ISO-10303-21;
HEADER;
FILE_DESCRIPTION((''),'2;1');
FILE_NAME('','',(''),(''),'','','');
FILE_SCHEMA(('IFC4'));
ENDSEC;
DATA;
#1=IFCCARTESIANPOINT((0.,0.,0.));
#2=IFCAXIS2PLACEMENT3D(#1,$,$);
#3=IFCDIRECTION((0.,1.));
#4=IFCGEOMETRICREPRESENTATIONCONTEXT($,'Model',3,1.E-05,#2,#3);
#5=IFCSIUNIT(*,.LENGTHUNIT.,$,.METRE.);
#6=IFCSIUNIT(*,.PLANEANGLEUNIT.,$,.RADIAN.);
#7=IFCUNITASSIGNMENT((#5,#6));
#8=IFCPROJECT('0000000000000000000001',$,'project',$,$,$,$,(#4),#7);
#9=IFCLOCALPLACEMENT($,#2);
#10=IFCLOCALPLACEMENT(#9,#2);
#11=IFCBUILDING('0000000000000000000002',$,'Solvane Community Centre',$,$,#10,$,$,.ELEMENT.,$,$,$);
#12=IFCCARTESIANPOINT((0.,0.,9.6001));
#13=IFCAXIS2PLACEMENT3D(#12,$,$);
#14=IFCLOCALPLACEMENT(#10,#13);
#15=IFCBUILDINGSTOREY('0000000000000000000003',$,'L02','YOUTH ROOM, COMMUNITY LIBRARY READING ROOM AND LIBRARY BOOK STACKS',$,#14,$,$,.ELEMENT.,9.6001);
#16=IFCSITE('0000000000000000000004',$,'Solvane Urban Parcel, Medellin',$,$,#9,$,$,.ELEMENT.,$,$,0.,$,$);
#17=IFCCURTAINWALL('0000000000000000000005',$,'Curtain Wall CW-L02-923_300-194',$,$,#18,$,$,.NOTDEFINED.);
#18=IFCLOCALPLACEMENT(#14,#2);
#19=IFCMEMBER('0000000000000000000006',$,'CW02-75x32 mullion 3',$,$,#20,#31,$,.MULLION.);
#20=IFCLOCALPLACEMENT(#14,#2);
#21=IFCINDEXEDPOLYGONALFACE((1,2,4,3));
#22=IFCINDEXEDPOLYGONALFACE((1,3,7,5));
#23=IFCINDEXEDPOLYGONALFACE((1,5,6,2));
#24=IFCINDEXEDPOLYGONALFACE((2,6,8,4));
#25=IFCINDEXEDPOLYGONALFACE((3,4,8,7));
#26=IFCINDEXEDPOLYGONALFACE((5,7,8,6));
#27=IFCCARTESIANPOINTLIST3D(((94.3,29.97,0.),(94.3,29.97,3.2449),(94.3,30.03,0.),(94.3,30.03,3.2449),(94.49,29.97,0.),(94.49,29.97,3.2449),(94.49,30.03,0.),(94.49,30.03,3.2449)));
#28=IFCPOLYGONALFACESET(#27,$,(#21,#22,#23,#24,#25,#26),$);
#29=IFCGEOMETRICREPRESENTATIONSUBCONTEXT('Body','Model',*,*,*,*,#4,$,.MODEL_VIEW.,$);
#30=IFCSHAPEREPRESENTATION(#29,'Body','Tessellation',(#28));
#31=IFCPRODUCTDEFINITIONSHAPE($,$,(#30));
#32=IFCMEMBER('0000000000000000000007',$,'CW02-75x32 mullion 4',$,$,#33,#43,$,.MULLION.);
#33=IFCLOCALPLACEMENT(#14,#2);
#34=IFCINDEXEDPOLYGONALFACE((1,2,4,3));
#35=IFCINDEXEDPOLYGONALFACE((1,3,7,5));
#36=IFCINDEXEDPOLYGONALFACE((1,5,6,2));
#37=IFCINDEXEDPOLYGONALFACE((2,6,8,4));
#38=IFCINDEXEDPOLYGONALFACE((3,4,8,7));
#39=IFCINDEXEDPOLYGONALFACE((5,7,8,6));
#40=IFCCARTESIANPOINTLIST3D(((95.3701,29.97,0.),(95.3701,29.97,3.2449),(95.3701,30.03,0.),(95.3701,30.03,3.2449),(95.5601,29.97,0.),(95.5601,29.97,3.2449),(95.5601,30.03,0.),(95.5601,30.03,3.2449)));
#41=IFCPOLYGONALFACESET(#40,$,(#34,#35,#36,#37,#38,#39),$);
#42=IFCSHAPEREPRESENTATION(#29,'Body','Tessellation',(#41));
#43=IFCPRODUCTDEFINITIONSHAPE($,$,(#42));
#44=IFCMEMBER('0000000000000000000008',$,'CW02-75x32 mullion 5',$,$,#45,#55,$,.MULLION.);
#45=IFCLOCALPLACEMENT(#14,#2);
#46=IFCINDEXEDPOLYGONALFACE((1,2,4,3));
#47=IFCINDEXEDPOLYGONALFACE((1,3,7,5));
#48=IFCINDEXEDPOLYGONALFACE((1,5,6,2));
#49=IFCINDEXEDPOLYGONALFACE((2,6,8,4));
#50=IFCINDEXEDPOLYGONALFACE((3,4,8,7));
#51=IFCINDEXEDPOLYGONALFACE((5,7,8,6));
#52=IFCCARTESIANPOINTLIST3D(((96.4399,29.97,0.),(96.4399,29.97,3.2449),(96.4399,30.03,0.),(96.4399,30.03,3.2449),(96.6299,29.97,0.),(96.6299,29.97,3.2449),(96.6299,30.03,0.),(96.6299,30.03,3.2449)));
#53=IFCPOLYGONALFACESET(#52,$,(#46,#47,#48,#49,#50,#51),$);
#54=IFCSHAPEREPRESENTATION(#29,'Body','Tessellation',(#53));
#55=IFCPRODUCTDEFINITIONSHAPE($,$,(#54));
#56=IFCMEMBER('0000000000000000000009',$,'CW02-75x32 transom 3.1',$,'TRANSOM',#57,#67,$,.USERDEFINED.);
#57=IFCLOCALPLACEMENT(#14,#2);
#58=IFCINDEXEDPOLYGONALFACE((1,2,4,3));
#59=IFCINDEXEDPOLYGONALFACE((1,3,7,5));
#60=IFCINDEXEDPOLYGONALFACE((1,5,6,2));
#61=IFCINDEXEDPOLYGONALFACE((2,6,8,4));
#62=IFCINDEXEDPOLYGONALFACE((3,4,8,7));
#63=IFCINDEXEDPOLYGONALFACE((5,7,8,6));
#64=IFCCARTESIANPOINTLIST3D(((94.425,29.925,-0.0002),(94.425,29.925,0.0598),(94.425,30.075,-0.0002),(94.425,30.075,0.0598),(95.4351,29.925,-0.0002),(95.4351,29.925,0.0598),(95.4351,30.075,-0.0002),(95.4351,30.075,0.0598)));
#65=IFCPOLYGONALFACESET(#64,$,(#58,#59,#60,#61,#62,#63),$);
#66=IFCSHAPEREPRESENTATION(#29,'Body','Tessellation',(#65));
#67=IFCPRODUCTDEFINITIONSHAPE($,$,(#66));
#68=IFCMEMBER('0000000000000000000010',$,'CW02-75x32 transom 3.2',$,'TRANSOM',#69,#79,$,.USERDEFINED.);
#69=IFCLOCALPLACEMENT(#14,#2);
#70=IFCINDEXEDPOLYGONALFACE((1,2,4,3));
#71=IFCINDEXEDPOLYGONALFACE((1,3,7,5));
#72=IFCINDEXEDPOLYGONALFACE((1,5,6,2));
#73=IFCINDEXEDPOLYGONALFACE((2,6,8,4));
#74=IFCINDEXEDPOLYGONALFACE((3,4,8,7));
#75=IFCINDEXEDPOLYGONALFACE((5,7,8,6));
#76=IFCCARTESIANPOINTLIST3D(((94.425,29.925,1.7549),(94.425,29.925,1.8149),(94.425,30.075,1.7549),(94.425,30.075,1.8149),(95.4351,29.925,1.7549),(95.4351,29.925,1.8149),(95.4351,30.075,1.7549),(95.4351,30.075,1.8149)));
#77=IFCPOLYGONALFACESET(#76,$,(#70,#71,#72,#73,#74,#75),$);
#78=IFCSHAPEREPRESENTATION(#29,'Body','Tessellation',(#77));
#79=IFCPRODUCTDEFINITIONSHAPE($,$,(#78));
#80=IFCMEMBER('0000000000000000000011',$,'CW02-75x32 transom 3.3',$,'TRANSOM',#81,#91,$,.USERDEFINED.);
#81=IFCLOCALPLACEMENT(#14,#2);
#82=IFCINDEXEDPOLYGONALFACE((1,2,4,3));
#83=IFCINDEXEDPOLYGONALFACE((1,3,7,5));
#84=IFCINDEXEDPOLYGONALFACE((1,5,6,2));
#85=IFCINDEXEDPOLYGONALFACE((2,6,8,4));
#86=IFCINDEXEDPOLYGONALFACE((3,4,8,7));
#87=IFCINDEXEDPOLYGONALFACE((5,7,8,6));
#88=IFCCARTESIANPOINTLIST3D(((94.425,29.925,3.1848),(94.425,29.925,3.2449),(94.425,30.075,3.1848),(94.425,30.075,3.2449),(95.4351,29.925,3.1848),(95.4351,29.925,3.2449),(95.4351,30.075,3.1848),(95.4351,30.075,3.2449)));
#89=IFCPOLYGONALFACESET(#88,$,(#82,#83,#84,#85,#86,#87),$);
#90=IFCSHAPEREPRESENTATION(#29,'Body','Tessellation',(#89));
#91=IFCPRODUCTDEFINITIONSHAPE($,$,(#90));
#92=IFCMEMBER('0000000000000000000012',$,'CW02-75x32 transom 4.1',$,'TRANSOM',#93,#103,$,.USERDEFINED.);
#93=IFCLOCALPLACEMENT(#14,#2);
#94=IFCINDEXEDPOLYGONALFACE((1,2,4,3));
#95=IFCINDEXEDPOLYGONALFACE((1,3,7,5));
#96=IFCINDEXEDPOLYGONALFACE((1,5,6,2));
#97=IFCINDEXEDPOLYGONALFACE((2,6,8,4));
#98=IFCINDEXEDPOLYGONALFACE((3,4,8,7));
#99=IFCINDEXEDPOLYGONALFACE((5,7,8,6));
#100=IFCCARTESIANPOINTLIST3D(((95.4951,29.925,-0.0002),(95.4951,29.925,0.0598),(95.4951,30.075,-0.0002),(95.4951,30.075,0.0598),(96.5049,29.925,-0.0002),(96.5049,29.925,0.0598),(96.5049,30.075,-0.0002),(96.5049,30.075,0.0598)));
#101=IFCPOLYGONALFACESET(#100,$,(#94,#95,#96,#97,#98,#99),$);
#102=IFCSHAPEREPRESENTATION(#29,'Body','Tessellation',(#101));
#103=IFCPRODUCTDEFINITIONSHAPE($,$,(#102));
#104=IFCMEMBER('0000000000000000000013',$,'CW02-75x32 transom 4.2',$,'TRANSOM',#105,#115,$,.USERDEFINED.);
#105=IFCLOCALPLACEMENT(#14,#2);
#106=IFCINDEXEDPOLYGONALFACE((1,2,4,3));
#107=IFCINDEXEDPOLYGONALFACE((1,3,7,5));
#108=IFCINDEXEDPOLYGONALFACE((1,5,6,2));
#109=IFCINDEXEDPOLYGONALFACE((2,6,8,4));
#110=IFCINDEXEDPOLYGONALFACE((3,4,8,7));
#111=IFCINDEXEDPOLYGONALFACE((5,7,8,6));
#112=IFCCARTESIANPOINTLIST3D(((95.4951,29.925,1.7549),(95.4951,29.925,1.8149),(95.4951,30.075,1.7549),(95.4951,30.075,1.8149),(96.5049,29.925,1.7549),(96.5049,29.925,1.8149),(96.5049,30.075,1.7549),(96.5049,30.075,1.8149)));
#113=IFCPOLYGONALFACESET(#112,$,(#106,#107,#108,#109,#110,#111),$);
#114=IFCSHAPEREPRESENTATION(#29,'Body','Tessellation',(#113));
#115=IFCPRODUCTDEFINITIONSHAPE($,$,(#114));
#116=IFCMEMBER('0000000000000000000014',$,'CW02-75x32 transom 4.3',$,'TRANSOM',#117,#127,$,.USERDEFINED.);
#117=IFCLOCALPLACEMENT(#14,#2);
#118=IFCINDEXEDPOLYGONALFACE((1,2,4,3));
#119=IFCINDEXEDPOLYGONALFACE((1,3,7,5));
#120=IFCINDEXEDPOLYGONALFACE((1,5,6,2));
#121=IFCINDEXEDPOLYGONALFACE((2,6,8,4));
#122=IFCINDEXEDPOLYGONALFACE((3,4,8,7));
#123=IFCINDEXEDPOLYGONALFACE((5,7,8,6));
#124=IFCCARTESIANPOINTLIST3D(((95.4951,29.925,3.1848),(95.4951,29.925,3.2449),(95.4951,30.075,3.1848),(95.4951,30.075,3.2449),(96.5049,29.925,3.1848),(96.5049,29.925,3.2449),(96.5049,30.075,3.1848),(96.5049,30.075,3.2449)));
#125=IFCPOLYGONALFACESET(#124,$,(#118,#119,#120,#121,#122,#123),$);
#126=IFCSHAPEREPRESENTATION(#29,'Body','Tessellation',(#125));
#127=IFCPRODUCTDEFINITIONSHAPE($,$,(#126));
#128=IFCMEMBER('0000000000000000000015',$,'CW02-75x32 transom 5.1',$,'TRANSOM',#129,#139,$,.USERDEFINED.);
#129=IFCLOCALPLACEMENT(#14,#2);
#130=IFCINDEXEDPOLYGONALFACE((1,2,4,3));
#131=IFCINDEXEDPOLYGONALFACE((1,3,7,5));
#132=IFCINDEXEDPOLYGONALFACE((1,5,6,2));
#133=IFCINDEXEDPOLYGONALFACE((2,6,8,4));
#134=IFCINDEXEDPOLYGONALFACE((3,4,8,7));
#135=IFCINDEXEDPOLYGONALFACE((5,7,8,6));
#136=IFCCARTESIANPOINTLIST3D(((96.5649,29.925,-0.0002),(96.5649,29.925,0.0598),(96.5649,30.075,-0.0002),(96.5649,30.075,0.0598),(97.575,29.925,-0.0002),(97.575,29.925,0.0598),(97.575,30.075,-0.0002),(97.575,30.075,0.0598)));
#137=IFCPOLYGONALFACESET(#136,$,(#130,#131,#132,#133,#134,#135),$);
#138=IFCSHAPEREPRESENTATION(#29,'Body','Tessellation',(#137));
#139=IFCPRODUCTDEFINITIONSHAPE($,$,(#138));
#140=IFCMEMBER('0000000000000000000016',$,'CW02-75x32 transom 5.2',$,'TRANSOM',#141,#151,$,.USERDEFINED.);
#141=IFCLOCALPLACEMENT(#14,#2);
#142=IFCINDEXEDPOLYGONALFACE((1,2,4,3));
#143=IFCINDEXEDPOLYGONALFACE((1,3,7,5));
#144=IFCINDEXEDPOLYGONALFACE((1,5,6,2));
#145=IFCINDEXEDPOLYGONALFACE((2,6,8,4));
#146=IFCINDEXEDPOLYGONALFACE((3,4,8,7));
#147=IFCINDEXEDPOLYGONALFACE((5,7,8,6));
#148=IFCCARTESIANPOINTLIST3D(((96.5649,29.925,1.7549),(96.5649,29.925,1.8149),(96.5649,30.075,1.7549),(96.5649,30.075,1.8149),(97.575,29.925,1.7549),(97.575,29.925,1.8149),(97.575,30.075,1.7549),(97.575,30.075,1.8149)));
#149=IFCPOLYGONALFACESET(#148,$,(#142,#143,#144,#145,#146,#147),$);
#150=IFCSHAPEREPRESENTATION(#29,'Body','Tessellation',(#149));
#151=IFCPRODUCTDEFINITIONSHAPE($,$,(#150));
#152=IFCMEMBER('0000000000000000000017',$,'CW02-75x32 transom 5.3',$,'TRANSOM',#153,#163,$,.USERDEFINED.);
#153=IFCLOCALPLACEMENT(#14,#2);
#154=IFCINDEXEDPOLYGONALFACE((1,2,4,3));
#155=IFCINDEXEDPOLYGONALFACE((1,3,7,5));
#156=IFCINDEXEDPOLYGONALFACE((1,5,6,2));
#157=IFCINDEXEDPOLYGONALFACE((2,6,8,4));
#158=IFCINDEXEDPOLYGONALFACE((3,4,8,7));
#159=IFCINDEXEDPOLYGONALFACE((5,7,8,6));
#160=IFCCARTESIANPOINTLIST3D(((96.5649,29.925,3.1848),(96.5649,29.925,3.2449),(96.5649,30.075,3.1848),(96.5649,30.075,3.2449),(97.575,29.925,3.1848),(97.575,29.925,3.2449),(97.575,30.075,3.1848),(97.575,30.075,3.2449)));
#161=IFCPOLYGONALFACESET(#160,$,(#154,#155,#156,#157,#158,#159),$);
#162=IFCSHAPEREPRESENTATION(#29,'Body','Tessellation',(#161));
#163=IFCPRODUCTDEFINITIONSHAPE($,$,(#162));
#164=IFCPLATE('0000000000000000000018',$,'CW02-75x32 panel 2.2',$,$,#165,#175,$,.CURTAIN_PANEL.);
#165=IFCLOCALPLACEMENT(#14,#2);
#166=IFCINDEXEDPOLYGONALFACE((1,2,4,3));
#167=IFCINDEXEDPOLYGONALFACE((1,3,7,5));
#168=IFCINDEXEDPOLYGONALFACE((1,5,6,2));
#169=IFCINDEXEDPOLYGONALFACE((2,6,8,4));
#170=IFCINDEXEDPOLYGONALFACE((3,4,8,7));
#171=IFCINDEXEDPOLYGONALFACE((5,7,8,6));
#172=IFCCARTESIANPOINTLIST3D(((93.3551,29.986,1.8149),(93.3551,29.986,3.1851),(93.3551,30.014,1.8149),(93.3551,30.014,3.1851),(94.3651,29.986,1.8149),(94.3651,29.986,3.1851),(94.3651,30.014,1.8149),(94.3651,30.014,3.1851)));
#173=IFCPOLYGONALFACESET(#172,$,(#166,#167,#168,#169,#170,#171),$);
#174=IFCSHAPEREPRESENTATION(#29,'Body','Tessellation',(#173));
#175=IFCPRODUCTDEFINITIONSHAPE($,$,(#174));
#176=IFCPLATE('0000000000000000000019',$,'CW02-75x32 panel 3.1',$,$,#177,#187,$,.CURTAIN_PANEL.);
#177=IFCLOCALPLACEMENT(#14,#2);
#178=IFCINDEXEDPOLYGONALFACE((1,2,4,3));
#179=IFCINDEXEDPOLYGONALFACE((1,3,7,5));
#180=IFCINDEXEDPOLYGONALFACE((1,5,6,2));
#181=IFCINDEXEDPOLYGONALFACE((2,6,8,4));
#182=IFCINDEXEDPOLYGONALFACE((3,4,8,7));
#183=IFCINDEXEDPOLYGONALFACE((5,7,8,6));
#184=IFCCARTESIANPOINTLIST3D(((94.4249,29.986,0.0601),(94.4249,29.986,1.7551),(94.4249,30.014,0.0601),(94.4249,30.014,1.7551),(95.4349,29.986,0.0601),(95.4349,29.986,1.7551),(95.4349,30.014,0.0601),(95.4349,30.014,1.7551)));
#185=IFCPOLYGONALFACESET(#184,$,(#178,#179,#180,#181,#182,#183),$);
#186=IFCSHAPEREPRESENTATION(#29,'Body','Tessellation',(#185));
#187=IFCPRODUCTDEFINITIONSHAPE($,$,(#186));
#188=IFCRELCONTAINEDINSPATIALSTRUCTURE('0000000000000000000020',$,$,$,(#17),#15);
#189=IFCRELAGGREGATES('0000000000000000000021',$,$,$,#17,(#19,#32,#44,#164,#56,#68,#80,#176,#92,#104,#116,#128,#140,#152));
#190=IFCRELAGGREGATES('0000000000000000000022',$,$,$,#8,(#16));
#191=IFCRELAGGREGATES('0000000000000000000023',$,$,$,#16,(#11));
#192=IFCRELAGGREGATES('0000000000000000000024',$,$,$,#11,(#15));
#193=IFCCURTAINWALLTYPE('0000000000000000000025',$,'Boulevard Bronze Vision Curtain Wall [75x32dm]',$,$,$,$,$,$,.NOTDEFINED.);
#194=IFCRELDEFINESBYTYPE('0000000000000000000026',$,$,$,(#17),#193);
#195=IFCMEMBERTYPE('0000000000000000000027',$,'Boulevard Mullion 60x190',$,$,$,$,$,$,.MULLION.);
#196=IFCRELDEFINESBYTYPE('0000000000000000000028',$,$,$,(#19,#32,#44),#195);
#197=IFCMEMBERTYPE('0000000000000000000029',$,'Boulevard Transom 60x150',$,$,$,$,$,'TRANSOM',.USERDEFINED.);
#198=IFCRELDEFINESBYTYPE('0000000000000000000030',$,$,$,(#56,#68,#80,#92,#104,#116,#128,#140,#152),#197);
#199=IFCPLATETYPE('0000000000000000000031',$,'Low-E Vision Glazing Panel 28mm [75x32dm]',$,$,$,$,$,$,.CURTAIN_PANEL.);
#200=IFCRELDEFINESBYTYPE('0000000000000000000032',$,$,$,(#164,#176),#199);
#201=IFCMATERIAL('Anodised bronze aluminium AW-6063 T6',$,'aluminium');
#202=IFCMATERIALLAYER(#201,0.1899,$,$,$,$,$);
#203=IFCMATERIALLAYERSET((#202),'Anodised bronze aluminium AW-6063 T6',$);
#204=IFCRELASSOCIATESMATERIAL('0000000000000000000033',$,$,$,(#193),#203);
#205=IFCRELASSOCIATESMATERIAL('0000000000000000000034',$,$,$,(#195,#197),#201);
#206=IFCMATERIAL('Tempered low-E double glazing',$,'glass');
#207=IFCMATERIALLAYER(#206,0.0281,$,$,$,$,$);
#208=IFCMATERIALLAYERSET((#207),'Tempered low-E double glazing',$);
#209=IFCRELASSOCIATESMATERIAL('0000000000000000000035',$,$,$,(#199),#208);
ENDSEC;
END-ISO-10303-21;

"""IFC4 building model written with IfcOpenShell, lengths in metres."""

from ifc_helpers import new_model, si_unit, direction, frame, origin, origin_2d, place, context, subcontext, project, spatial, rectangle, extrude, material, layer, layer_set, material_profile, profile_set, type_object, element, aggregate, save


model = new_model("IFC4")

# Units and contexts
model_context = context("Model", 3, precision=1e-05, world=origin(), true_north=direction((0.0, 1.0)))
body_context = subcontext(model_context, "Body", "Model", "MODEL_VIEW")
ifc_project = project(units=[si_unit("LENGTHUNIT", "METRE"), si_unit("PLANEANGLEUNIT", "RADIAN")], contexts=[model_context])

# Site, building, storey
site_placement = place(None, origin())
site = spatial("IfcSite", under=ifc_project, at=site_placement, Name="Solvane Urban Parcel, Medellin", CompositionType="ELEMENT", RefElevation=0.0)
building_placement = place(site_placement, origin())
building = spatial("IfcBuilding", under=site, at=building_placement, Name="Solvane Community Centre", CompositionType="ELEMENT")
storey_placement = place(building_placement, frame((0.0, 0.0, 9.6001)))
storey = spatial("IfcBuildingStorey", under=building, at=storey_placement, Name="L02", Description="YOUTH ROOM, COMMUNITY LIBRARY READING ROOM AND LIBRARY BOOK STACKS", CompositionType="ELEMENT", Elevation=9.6001)

# Curtain wall, members, plates
ifc_material_1 = material(Name="Anodised bronze aluminium AW-6063 T6", Category="aluminium")
ifc_layer_1 = layer(ifc_material_1, 0.1899)
ifc_layer_set_1 = layer_set([ifc_layer_1], Name="Anodised bronze aluminium AW-6063 T6")
curtain_wall_type = type_object("IfcCurtainWallType", Name="Boulevard Bronze Vision Curtain Wall [75x32dm]", PredefinedType="NOTDEFINED", material=ifc_layer_set_1)
curtain_wall_placement = place(storey_placement, origin())
curtain_wall = element("IfcCurtainWall", 1, at=curtain_wall_placement, inside=storey, type_object=curtain_wall_type, Name="Curtain Wall CW-L02-923_300-194", PredefinedType="NOTDEFINED")
ifc_material_profile_1 = material_profile(ifc_material_1, rectangle(XDim=0.0601, YDim=0.1899, at=origin_2d()), Name="CW-M 60x190")
ifc_profile_set_1 = profile_set([ifc_material_profile_1], Name="Anodised bronze aluminium AW-6063 T6")
member_type_1 = type_object("IfcMemberType", Name="Boulevard Mullion 60x190", PredefinedType="MULLION", material=ifc_profile_set_1)
member_1_placement = place(storey_placement, frame((94.395, 30.0, 0.0), z_axis=(0.0, 0.0, 1.0), x_axis=(0.0, 1.0, 0.0)))
member_1 = element("IfcMember", 2, at=member_1_placement, type_object=member_type_1, Name="CW02-75x32 mullion 3", PredefinedType="MULLION", context=body_context, shape_type="SweptSolid", body=[
    extrude(rectangle(XDim=0.0601, YDim=0.1899, at=origin_2d()), origin(), (0.0, 0.0, 1.0), 3.2449),
])
member_2_placement = place(storey_placement, frame((95.4651, 30.0, 0.0), z_axis=(0.0, 0.0, 1.0), x_axis=(0.0, 1.0, 0.0)))
member_2 = element("IfcMember", 3, at=member_2_placement, type_object=member_type_1, Name="CW02-75x32 mullion 4", PredefinedType="MULLION", context=body_context, shape_type="SweptSolid", body=[
    extrude(rectangle(XDim=0.0601, YDim=0.1899, at=origin_2d()), origin(), (0.0, 0.0, 1.0), 3.2449),
])
member_3_placement = place(storey_placement, frame((96.5349, 30.0, 0.0), z_axis=(0.0, 0.0, 1.0), x_axis=(0.0, 1.0, 0.0)))
member_3 = element("IfcMember", 4, at=member_3_placement, type_object=member_type_1, Name="CW02-75x32 mullion 5", PredefinedType="MULLION", context=body_context, shape_type="SweptSolid", body=[
    extrude(rectangle(XDim=0.0601, YDim=0.1899, at=origin_2d()), origin(), (0.0, 0.0, 1.0), 3.2449),
])
ifc_material_profile_2 = material_profile(ifc_material_1, rectangle(XDim=0.1499, YDim=0.0601, at=origin_2d()), Name="CW-T 60x150")
ifc_profile_set_2 = profile_set([ifc_material_profile_2], Name="Anodised bronze aluminium AW-6063 T6")
member_type_2 = type_object("IfcMemberType", Name="Boulevard Transom 60x150", ElementType="TRANSOM", PredefinedType="USERDEFINED", material=ifc_profile_set_2)
member_4_placement = place(storey_placement, frame((94.425, 30.0, 0.0298), z_axis=(1.0, 0.0, 0.0), x_axis=(0.0, 1.0, 0.0)))
member_4 = element("IfcMember", 5, at=member_4_placement, type_object=member_type_2, Name="CW02-75x32 transom 3.1", ObjectType="TRANSOM", PredefinedType="USERDEFINED", context=body_context, shape_type="SweptSolid", body=[
    extrude(rectangle(XDim=0.1499, YDim=0.0601, at=origin_2d()), origin(), (0.0, 0.0, 1.0), 1.01),
])
member_5_placement = place(storey_placement, frame((94.425, 30.0, 1.7849), z_axis=(1.0, 0.0, 0.0), x_axis=(0.0, 1.0, 0.0)))
member_5 = element("IfcMember", 6, at=member_5_placement, type_object=member_type_2, Name="CW02-75x32 transom 3.2", ObjectType="TRANSOM", PredefinedType="USERDEFINED", context=body_context, shape_type="SweptSolid", body=[
    extrude(rectangle(XDim=0.1499, YDim=0.0601, at=origin_2d()), origin(), (0.0, 0.0, 1.0), 1.01),
])
member_6_placement = place(storey_placement, frame((94.425, 30.0, 3.2148), z_axis=(1.0, 0.0, 0.0), x_axis=(0.0, 1.0, 0.0)))
member_6 = element("IfcMember", 7, at=member_6_placement, type_object=member_type_2, Name="CW02-75x32 transom 3.3", ObjectType="TRANSOM", PredefinedType="USERDEFINED", context=body_context, shape_type="SweptSolid", body=[
    extrude(rectangle(XDim=0.1499, YDim=0.0601, at=origin_2d()), origin(), (0.0, 0.0, 1.0), 1.01),
])
member_7_placement = place(storey_placement, frame((95.4951, 30.0, 0.0298), z_axis=(1.0, 0.0, 0.0), x_axis=(0.0, 1.0, 0.0)))
member_7 = element("IfcMember", 8, at=member_7_placement, type_object=member_type_2, Name="CW02-75x32 transom 4.1", ObjectType="TRANSOM", PredefinedType="USERDEFINED", context=body_context, shape_type="SweptSolid", body=[
    extrude(rectangle(XDim=0.1499, YDim=0.0601, at=origin_2d()), origin(), (0.0, 0.0, 1.0), 1.0098),
])
member_8_placement = place(storey_placement, frame((95.4951, 30.0, 1.7849), z_axis=(1.0, 0.0, 0.0), x_axis=(0.0, 1.0, 0.0)))
member_8 = element("IfcMember", 9, at=member_8_placement, type_object=member_type_2, Name="CW02-75x32 transom 4.2", ObjectType="TRANSOM", PredefinedType="USERDEFINED", context=body_context, shape_type="SweptSolid", body=[
    extrude(rectangle(XDim=0.1499, YDim=0.0601, at=origin_2d()), origin(), (0.0, 0.0, 1.0), 1.0098),
])
member_9_placement = place(storey_placement, frame((95.4951, 30.0, 3.2148), z_axis=(1.0, 0.0, 0.0), x_axis=(0.0, 1.0, 0.0)))
member_9 = element("IfcMember", 10, at=member_9_placement, type_object=member_type_2, Name="CW02-75x32 transom 4.3", ObjectType="TRANSOM", PredefinedType="USERDEFINED", context=body_context, shape_type="SweptSolid", body=[
    extrude(rectangle(XDim=0.1499, YDim=0.0601, at=origin_2d()), origin(), (0.0, 0.0, 1.0), 1.0098),
])
member_10_placement = place(storey_placement, frame((96.5649, 30.0, 0.0298), z_axis=(1.0, 0.0, 0.0), x_axis=(0.0, 1.0, 0.0)))
member_10 = element("IfcMember", 11, at=member_10_placement, type_object=member_type_2, Name="CW02-75x32 transom 5.1", ObjectType="TRANSOM", PredefinedType="USERDEFINED", context=body_context, shape_type="SweptSolid", body=[
    extrude(rectangle(XDim=0.1499, YDim=0.0601, at=origin_2d()), origin(), (0.0, 0.0, 1.0), 1.01),
])
member_11_placement = place(storey_placement, frame((96.5649, 30.0, 1.7849), z_axis=(1.0, 0.0, 0.0), x_axis=(0.0, 1.0, 0.0)))
member_11 = element("IfcMember", 12, at=member_11_placement, type_object=member_type_2, Name="CW02-75x32 transom 5.2", ObjectType="TRANSOM", PredefinedType="USERDEFINED", context=body_context, shape_type="SweptSolid", body=[
    extrude(rectangle(XDim=0.1499, YDim=0.0601, at=origin_2d()), origin(), (0.0, 0.0, 1.0), 1.01),
])
member_12_placement = place(storey_placement, frame((96.5649, 30.0, 3.2148), z_axis=(1.0, 0.0, 0.0), x_axis=(0.0, 1.0, 0.0)))
member_12 = element("IfcMember", 13, at=member_12_placement, type_object=member_type_2, Name="CW02-75x32 transom 5.3", ObjectType="TRANSOM", PredefinedType="USERDEFINED", context=body_context, shape_type="SweptSolid", body=[
    extrude(rectangle(XDim=0.1499, YDim=0.0601, at=origin_2d()), origin(), (0.0, 0.0, 1.0), 1.01),
])
ifc_material_2 = material(Name="Tempered low-E double glazing", Category="glass")
ifc_layer_2 = layer(ifc_material_2, 0.0281)
ifc_layer_set_2 = layer_set([ifc_layer_2], Name="Tempered low-E double glazing")
plate_type = type_object("IfcPlateType", Name="Low-E Vision Glazing Panel 28mm [75x32dm]", PredefinedType="CURTAIN_PANEL", material=ifc_layer_set_2)
plate_1_placement = place(storey_placement, frame((93.8601, 30.0, 1.8149), z_axis=(0.0, 0.0, 1.0), x_axis=(1.0, 0.0, 0.0)))
plate_1 = element("IfcPlate", 14, at=plate_1_placement, type_object=plate_type, Name="CW02-75x32 panel 2.2", PredefinedType="CURTAIN_PANEL", context=body_context, shape_type="SweptSolid", body=[
    extrude(rectangle(XDim=1.01, YDim=0.0281, at=origin_2d()), origin(), (0.0, 0.0, 1.0), 1.3701),
])
plate_2_placement = place(storey_placement, frame((94.9299, 30.0, 0.0601), z_axis=(0.0, 0.0, 1.0), x_axis=(1.0, 0.0, 0.0)))
plate_2 = element("IfcPlate", 15, at=plate_2_placement, type_object=plate_type, Name="CW02-75x32 panel 3.1", PredefinedType="CURTAIN_PANEL", context=body_context, shape_type="SweptSolid", body=[
    extrude(rectangle(XDim=1.01, YDim=0.0281, at=origin_2d()), origin(), (0.0, 0.0, 1.0), 1.6951),
])
aggregate(curtain_wall, [member_1, member_2, member_3, plate_1, member_4, member_5, member_6, plate_2, member_7, member_8, member_9, member_10, member_11, member_12])

save(model, "model.ifc")
